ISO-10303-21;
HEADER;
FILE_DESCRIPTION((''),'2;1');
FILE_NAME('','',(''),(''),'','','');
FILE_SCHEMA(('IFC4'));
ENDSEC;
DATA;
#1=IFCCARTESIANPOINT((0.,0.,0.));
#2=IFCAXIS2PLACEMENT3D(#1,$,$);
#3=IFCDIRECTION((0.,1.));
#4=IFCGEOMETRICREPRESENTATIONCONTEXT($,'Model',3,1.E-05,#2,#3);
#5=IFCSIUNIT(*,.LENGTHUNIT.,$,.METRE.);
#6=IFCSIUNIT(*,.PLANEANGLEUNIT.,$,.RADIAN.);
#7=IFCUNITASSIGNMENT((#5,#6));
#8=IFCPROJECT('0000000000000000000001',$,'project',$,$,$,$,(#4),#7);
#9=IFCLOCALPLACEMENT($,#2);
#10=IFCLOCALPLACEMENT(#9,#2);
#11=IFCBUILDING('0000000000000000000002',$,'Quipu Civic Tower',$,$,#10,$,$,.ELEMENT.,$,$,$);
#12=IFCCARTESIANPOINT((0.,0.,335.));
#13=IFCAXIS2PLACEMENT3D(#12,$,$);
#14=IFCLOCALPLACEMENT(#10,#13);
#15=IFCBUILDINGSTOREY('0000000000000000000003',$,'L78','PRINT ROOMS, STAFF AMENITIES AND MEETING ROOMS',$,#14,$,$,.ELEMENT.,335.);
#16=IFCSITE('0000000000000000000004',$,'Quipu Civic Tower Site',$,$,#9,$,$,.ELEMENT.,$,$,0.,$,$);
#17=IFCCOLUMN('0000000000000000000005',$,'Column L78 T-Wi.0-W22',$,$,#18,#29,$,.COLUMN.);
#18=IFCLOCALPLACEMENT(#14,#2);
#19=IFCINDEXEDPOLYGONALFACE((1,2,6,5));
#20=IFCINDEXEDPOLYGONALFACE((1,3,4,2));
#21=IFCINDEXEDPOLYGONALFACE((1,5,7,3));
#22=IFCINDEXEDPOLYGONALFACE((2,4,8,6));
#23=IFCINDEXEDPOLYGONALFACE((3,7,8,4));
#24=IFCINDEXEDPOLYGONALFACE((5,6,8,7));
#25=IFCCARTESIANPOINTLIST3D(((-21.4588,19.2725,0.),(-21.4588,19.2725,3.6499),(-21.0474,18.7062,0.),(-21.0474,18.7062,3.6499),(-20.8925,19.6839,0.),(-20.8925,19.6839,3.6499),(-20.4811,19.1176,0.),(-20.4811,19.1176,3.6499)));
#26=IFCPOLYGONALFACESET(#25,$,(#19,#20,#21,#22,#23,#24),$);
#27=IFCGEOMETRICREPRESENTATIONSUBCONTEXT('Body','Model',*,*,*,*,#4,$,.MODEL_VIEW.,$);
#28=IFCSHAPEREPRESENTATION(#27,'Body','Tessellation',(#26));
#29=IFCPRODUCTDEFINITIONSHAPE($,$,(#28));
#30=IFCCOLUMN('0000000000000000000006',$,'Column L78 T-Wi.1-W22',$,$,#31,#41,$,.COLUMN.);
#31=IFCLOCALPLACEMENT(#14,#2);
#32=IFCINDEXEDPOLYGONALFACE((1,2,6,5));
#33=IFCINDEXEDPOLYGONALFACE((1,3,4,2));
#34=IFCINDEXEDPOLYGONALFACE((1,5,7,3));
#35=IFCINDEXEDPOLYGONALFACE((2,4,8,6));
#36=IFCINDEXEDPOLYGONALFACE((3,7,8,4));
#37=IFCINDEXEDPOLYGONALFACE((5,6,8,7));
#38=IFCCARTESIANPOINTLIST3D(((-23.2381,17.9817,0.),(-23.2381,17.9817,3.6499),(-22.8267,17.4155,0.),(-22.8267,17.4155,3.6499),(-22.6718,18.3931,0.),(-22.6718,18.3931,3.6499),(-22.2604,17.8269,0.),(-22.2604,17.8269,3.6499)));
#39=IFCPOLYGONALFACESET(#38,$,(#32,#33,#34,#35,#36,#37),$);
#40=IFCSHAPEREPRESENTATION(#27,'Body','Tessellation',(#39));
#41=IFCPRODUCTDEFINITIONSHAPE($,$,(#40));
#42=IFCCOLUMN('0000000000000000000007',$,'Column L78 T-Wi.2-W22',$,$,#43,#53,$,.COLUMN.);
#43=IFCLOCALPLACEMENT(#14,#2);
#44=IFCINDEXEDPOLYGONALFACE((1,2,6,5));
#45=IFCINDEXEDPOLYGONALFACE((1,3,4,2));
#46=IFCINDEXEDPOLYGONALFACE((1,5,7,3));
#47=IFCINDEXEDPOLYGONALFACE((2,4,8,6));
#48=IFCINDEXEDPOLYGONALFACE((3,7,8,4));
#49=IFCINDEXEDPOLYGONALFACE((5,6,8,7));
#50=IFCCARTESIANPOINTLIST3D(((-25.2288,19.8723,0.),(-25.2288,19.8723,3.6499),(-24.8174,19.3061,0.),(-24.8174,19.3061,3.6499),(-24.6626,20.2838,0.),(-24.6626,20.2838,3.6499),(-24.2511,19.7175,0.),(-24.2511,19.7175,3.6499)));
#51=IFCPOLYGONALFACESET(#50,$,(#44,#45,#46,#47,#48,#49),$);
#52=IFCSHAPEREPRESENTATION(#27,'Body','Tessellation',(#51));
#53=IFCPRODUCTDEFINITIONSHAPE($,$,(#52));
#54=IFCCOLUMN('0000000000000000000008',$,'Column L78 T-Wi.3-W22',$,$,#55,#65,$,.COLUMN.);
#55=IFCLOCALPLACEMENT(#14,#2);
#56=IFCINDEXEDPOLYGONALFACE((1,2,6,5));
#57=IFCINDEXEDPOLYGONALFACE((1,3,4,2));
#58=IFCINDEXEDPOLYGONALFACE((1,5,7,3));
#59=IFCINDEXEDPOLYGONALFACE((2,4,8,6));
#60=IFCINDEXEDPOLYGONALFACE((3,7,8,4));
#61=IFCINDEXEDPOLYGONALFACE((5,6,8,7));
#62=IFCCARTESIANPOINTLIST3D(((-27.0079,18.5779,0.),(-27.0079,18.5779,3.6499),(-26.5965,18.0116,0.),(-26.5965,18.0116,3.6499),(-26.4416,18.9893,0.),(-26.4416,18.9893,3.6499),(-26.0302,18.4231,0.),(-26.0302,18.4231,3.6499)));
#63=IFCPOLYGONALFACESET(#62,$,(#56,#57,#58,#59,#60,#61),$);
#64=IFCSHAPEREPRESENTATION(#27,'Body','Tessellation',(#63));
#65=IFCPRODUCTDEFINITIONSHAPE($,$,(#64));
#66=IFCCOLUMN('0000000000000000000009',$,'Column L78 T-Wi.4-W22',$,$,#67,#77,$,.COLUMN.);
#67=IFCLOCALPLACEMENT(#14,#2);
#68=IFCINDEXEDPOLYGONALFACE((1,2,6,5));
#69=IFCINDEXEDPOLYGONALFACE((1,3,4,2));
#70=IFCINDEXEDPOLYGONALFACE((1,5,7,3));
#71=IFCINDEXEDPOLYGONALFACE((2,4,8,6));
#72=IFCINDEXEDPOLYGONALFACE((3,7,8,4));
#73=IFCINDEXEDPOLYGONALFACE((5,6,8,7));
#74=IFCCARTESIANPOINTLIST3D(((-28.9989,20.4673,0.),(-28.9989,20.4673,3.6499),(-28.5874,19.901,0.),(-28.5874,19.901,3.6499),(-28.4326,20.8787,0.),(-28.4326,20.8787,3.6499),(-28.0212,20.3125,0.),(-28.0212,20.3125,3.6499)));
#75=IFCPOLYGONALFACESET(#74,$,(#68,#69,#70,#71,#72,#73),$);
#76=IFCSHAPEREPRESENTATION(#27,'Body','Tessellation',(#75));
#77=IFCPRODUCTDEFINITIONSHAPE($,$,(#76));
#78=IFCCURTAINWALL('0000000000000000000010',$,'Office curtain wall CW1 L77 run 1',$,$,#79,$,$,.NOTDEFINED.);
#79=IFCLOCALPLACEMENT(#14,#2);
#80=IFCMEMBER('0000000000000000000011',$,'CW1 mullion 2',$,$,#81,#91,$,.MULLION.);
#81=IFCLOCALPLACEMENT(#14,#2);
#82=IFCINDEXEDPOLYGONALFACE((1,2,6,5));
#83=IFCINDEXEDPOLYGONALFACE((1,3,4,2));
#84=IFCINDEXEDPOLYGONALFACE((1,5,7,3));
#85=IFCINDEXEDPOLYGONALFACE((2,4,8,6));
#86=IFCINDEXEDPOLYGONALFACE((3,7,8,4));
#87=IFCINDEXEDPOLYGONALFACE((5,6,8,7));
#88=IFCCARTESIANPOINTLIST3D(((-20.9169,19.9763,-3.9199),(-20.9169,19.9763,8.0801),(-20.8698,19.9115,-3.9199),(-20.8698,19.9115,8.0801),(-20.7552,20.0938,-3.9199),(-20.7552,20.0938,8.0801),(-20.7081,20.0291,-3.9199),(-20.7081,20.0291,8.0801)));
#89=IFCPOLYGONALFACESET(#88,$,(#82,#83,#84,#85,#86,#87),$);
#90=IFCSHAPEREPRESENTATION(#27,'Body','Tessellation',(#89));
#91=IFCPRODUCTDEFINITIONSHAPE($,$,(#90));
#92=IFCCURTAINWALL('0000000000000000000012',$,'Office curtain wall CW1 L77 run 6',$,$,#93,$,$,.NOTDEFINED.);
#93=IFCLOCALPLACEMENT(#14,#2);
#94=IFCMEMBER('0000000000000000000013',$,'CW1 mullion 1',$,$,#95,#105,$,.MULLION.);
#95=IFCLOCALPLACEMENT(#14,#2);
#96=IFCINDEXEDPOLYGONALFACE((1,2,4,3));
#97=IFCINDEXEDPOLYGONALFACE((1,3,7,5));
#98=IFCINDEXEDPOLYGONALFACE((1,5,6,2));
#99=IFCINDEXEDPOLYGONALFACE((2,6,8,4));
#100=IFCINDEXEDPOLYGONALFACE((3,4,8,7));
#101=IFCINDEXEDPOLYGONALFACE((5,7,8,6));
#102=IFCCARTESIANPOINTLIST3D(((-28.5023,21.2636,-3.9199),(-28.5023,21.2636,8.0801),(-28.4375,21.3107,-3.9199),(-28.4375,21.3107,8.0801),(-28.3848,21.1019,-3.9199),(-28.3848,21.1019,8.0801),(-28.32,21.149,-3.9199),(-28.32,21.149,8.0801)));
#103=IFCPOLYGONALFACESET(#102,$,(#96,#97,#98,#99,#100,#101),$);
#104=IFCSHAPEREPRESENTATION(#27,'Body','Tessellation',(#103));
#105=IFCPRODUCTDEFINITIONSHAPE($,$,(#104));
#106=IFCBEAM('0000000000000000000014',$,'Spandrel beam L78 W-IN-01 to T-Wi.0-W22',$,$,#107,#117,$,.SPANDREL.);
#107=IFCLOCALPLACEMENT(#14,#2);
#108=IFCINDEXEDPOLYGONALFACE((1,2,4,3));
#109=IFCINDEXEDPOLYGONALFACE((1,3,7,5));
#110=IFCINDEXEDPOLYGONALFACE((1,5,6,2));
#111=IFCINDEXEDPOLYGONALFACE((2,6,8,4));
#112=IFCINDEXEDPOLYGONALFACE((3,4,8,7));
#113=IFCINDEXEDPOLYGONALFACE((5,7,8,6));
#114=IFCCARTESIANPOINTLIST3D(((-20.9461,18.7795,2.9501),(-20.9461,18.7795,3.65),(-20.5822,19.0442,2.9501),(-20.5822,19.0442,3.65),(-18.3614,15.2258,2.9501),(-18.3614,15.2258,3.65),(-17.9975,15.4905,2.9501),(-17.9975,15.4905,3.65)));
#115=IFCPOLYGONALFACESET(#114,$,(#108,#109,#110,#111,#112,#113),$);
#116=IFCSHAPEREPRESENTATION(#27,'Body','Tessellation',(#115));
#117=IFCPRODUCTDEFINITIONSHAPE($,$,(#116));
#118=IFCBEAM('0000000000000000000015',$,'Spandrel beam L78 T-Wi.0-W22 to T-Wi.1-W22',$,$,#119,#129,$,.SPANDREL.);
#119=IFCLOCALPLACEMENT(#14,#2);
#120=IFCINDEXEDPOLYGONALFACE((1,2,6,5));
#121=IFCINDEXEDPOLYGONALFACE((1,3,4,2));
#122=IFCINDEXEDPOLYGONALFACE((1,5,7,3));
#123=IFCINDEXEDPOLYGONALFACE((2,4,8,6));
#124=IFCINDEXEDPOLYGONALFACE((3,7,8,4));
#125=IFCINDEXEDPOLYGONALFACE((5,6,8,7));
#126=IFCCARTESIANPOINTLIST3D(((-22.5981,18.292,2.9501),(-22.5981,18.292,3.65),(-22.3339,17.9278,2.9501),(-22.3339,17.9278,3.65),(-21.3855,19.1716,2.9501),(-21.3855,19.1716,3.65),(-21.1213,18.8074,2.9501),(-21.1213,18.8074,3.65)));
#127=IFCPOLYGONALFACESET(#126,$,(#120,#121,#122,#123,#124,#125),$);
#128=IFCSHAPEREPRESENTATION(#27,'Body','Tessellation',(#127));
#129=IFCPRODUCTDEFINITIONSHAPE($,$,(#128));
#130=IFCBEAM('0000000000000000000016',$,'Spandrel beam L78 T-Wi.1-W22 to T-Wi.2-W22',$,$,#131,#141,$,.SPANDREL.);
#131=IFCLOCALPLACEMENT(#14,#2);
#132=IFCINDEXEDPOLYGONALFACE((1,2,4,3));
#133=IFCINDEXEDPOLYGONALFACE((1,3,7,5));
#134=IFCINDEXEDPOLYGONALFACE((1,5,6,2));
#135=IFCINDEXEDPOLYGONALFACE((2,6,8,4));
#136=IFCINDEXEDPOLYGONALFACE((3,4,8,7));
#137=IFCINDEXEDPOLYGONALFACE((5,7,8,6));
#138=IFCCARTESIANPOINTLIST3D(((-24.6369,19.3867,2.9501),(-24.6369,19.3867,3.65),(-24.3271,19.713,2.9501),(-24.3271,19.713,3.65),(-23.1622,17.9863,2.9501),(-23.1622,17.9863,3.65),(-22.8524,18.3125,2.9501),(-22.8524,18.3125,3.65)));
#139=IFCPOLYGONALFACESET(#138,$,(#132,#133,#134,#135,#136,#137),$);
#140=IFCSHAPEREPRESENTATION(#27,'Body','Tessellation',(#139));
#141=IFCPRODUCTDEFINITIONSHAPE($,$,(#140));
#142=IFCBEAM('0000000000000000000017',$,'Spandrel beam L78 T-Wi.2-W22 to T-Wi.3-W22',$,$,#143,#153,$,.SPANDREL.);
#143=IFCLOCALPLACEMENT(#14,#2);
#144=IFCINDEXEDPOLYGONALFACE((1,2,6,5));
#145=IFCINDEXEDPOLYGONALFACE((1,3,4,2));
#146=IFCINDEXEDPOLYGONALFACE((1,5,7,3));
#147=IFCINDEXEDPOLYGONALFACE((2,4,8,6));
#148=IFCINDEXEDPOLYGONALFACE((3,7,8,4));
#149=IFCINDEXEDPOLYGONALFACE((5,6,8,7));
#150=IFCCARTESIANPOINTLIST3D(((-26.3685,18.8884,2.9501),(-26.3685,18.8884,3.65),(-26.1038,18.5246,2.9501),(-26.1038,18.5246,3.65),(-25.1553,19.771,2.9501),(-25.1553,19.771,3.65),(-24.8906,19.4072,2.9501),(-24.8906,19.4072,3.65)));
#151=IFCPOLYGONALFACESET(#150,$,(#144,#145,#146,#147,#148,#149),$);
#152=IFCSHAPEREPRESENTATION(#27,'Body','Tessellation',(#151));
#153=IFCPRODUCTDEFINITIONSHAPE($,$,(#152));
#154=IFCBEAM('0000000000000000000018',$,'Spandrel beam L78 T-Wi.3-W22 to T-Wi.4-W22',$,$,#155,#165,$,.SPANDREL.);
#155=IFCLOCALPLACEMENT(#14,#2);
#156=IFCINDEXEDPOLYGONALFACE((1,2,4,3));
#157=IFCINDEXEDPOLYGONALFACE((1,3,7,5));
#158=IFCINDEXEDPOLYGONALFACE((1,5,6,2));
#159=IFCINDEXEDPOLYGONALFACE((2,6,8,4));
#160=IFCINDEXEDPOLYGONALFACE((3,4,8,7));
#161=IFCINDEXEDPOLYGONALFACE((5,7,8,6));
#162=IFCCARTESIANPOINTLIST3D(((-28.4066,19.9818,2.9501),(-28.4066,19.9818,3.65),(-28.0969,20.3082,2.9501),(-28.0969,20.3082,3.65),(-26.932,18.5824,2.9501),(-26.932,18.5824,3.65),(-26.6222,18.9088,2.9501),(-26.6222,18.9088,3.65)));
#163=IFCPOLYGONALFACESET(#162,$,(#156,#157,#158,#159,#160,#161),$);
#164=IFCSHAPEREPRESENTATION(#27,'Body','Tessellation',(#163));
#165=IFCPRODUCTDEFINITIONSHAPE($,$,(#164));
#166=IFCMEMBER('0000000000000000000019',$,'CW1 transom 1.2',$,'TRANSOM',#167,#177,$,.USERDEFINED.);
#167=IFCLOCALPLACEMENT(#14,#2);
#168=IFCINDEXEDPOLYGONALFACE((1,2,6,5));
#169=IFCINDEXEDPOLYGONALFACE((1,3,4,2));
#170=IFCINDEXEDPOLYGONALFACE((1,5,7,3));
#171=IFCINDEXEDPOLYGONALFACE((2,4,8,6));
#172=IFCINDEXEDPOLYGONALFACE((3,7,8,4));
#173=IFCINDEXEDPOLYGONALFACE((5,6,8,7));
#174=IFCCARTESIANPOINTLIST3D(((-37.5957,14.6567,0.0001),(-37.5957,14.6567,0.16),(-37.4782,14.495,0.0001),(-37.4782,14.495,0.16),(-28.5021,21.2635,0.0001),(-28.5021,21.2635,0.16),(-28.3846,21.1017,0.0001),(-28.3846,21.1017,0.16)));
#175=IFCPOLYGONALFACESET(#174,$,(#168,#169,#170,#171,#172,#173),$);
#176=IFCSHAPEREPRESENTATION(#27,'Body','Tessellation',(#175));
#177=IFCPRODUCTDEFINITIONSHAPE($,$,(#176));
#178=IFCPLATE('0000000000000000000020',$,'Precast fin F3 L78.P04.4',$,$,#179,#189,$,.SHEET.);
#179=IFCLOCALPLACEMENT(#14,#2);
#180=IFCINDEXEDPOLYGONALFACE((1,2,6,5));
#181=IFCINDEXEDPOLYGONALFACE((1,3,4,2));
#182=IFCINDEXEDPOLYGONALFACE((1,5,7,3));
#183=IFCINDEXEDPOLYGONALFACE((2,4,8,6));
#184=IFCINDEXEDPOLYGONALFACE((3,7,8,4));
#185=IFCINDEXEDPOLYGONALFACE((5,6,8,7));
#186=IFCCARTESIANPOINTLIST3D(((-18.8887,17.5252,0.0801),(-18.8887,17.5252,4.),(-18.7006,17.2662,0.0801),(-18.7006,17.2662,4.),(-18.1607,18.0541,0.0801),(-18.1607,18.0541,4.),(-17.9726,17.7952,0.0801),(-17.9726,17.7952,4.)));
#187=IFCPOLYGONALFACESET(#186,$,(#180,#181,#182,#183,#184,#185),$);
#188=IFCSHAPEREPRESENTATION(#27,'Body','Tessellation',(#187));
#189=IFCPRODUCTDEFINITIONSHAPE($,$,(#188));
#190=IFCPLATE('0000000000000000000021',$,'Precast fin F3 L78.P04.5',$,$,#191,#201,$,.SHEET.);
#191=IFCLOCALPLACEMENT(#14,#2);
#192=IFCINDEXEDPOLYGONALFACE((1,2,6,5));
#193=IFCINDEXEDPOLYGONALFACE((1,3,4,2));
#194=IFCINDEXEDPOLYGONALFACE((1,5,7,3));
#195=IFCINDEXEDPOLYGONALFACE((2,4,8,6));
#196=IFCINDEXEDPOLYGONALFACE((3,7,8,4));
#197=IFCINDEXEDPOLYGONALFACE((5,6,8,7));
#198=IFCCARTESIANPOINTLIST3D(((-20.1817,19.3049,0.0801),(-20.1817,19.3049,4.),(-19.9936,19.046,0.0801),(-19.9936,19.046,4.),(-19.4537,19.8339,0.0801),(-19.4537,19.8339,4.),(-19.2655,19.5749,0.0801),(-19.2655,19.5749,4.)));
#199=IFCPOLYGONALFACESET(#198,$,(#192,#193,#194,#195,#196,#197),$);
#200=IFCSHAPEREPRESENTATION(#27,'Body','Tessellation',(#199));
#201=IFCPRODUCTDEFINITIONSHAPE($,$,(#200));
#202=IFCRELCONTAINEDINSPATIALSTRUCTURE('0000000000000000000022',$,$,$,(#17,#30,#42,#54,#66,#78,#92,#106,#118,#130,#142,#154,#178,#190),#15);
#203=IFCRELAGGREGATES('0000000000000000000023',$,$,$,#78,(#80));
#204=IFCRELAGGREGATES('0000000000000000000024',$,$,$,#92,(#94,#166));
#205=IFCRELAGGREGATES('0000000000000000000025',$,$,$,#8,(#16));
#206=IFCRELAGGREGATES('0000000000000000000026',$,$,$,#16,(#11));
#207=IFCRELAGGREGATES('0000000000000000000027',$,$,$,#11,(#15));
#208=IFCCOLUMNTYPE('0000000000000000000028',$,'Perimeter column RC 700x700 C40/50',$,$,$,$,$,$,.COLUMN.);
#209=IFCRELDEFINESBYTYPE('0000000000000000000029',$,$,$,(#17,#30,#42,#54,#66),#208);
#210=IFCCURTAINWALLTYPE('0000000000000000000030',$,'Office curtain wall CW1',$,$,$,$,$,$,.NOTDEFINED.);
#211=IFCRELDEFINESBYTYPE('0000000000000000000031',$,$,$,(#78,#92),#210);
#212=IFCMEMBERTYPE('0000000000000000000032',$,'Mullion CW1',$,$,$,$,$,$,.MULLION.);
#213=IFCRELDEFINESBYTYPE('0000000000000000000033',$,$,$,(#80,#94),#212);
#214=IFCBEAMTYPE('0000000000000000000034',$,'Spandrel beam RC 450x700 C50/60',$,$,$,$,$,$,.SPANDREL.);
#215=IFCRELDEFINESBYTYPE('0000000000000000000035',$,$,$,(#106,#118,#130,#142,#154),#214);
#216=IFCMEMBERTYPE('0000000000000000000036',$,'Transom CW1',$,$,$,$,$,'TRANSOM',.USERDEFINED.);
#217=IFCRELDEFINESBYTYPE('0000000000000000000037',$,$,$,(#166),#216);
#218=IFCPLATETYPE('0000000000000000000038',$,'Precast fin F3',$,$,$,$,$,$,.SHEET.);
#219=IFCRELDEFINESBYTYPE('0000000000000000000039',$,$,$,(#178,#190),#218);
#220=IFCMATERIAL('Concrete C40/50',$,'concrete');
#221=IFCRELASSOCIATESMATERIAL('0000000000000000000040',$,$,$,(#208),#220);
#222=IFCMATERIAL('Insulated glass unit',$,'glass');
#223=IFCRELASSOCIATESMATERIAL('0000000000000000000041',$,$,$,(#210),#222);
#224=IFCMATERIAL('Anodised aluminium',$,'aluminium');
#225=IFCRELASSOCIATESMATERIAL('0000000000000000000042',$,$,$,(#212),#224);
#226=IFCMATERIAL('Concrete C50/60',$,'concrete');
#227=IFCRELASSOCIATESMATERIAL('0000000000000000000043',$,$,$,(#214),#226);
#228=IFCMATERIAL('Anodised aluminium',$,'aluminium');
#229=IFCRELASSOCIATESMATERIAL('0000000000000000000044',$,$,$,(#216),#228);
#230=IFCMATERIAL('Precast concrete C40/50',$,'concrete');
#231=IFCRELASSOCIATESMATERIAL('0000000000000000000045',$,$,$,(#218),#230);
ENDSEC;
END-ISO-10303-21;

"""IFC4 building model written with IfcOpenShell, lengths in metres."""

from ifc_helpers import new_model, si_unit, direction, frame, origin, origin_2d, place, context, subcontext, project, spatial, rectangle, extrude, material, material_profile, profile_set, type_object, element, aggregate, save


model = new_model("IFC4")

# Units and contexts
model_context = context("Model", 3, precision=1e-05, world=origin(), true_north=direction((0.0, 1.0)))
body_context = subcontext(model_context, "Body", "Model", "MODEL_VIEW")
ifc_project = project(units=[si_unit("LENGTHUNIT", "METRE"), si_unit("PLANEANGLEUNIT", "RADIAN")], contexts=[model_context])

# Site, building, storey
site_placement = place(None, origin())
site = spatial("IfcSite", under=ifc_project, at=site_placement, Name="Quipu Civic Tower Site", CompositionType="ELEMENT", RefElevation=0.0)
building_placement = place(site_placement, origin())
building = spatial("IfcBuilding", under=site, at=building_placement, Name="Quipu Civic Tower", CompositionType="ELEMENT")
storey_placement = place(building_placement, frame((0.0, 0.0, 335.0)))
storey = spatial("IfcBuildingStorey", under=building, at=storey_placement, Name="L78", Description="PRINT ROOMS, STAFF AMENITIES AND MEETING ROOMS", CompositionType="ELEMENT", Elevation=335.0)

# Columns
ifc_material_1 = material(Name="Concrete C40/50", Category="concrete")
ifc_material_profile_1 = material_profile(ifc_material_1, rectangle(XDim=0.7, YDim=0.7, at=origin_2d()), Name="RC700x700")
ifc_profile_set_1 = profile_set([ifc_material_profile_1], Name="Concrete C40/50")
column_type = type_object("IfcColumnType", Name="Perimeter column RC 700x700 C40/50", PredefinedType="COLUMN", material=ifc_profile_set_1)
for number, where, z_axis, x_axis, name in (
    (1, (-20.97, 19.1951, 0.0), (0.0, 0.0, 1.0), (-0.587785, 0.809017, 0.0), "Column L78 T-Wi.0-W22"),
    (2, (-22.7493, 17.9043, 0.0), (0.0, 0.0, 1.0), (-0.587785, 0.809017, 0.0), "Column L78 T-Wi.1-W22"),
    (3, (-24.74, 19.7949, 0.0), (0.0, 0.0, 1.0), (-0.587785, 0.809017, 0.0), "Column L78 T-Wi.2-W22"),
    (4, (-26.519, 18.5005, 0.0), (0.0, 0.0, 1.0), (-0.587785, 0.809017, 0.0), "Column L78 T-Wi.3-W22"),
    (5, (-28.51, 20.3899, 0.0), (0.0, 0.0, 1.0), (-0.809017, -0.587785, 0.0), "Column L78 T-Wi.4-W22"),
):
    element("IfcColumn", number, at=place(storey_placement, frame(where, z_axis=z_axis, x_axis=x_axis)), inside=storey, type_object=column_type, Name=name, PredefinedType="COLUMN", context=body_context, shape_type="SweptSolid", body=[
        extrude(rectangle(XDim=0.7, YDim=0.7, at=origin_2d()), origin(), (0.0, 0.0, 1.0), 3.6499),
    ])

# Curtain walls, members
ifc_material_2 = material(Name="Insulated glass unit", Category="glass")
curtain_wall_type = type_object("IfcCurtainWallType", Name="Office curtain wall CW1", PredefinedType="NOTDEFINED", material=ifc_material_2)
curtain_wall_1_placement = place(storey_placement, origin())
curtain_wall_1 = element("IfcCurtainWall", 6, at=curtain_wall_1_placement, inside=storey, type_object=curtain_wall_type, Name="Office curtain wall CW1 L77 run 1", PredefinedType="NOTDEFINED")
ifc_material_3 = material(Name="Anodised aluminium", Category="aluminium")
ifc_material_profile_2 = material_profile(ifc_material_3, rectangle(XDim=0.2, YDim=0.0801, at=origin_2d()), Name="RECT 200x80")
ifc_profile_set_2 = profile_set([ifc_material_profile_2], Name="Anodised aluminium")
member_type_1 = type_object("IfcMemberType", Name="Mullion CW1", PredefinedType="MULLION", material=ifc_profile_set_2)
member_1_placement = place(storey_placement, frame((-20.8125, 20.0027, -3.9199), z_axis=(0.0, 0.0, 1.0), x_axis=(-0.809015, -0.587788, 0.0)))
member_1 = element("IfcMember", 7, at=member_1_placement, type_object=member_type_1, Name="CW1 mullion 2", PredefinedType="MULLION", context=body_context, shape_type="SweptSolid", body=[
    extrude(rectangle(XDim=0.2, YDim=0.0801, at=origin_2d()), origin(), (0.0, 0.0, 1.0), 12.0),
])
aggregate(curtain_wall_1, [member_1])
curtain_wall_2_placement = place(storey_placement, origin())
curtain_wall_2 = element("IfcCurtainWall", 8, at=curtain_wall_2_placement, inside=storey, type_object=curtain_wall_type, Name="Office curtain wall CW1 L77 run 6", PredefinedType="NOTDEFINED")
member_2_placement = place(storey_placement, frame((-28.4111, 21.2063, -3.9199), z_axis=(0.0, 0.0, 1.0), x_axis=(0.587788, -0.809015, 0.0)))
member_2 = element("IfcMember", 9, at=member_2_placement, type_object=member_type_1, Name="CW1 mullion 1", PredefinedType="MULLION", context=body_context, shape_type="SweptSolid", body=[
    extrude(rectangle(XDim=0.2, YDim=0.0801, at=origin_2d()), origin(), (0.0, 0.0, 1.0), 12.0),
])

# Beams
ifc_material_4 = material(Name="Concrete C50/60", Category="concrete")
ifc_material_profile_3 = material_profile(ifc_material_4, rectangle(XDim=0.45, YDim=0.7, at=origin_2d()), Name="RC450x700")
ifc_profile_set_3 = profile_set([ifc_material_profile_3], Name="Concrete C50/60")
beam_type = type_object("IfcBeamType", Name="Spandrel beam RC 450x700 C50/60", PredefinedType="SPANDREL", material=ifc_profile_set_3)
beam_1_placement = place(storey_placement, frame((-18.1794, 15.3582, 3.3), z_axis=(-0.588201, 0.808714, 0.0), x_axis=(-0.808714, -0.588201, 0.0)))
element("IfcBeam", 10, at=beam_1_placement, inside=storey, type_object=beam_type, Name="Spandrel beam L78 W-IN-01 to T-Wi.0-W22", PredefinedType="SPANDREL", context=body_context, shape_type="SweptSolid", body=[
    extrude(rectangle(XDim=0.45, YDim=0.7, at=origin_2d()), origin(), (0.0, 0.0, 1.0), 4.3943),
])
beam_2_placement = place(storey_placement, frame((-21.2534, 18.9895, 3.3), z_axis=(-0.809461, -0.587173, 0.0), x_axis=(0.587173, -0.809461, 0.0)))
element("IfcBeam", 11, at=beam_2_placement, inside=storey, type_object=beam_type, Name="Spandrel beam L78 T-Wi.0-W22 to T-Wi.1-W22", PredefinedType="SPANDREL", context=body_context, shape_type="SweptSolid", body=[
    extrude(rectangle(XDim=0.45, YDim=0.7, at=origin_2d()), origin(), (0.0, 0.0, 1.0), 1.498),
])
beam_3_placement = place(storey_placement, frame((-23.0073, 18.1494, 3.3), z_axis=(-0.725119, 0.688623, 0.0), x_axis=(-0.688623, -0.725119, 0.0)))
element("IfcBeam", 12, at=beam_3_placement, inside=storey, type_object=beam_type, Name="Spandrel beam L78 T-Wi.1-W22 to T-Wi.2-W22", PredefinedType="SPANDREL", context=body_context, shape_type="SweptSolid", body=[
    extrude(rectangle(XDim=0.45, YDim=0.7, at=origin_2d()), origin(), (0.0, 0.0, 1.0), 2.0337),
])
beam_4_placement = place(storey_placement, frame((-25.0229, 19.5891, 3.3), z_axis=(-0.808645, -0.588297, 0.0), x_axis=(0.588297, -0.808645, 0.0)))
element("IfcBeam", 13, at=beam_4_placement, inside=storey, type_object=beam_type, Name="Spandrel beam L78 T-Wi.2-W22 to T-Wi.3-W22", PredefinedType="SPANDREL", context=body_context, shape_type="SweptSolid", body=[
    extrude(rectangle(XDim=0.45, YDim=0.7, at=origin_2d()), origin(), (0.0, 0.0, 1.0), 1.5002),
])
beam_5_placement = place(storey_placement, frame((-26.7771, 18.7456, 3.3), z_axis=(-0.725359, 0.688371, 0.0), x_axis=(-0.688371, -0.725359, 0.0)))
element("IfcBeam", 14, at=beam_5_placement, inside=storey, type_object=beam_type, Name="Spandrel beam L78 T-Wi.3-W22 to T-Wi.4-W22", PredefinedType="SPANDREL", context=body_context, shape_type="SweptSolid", body=[
    extrude(rectangle(XDim=0.45, YDim=0.7, at=origin_2d()), origin(), (0.0, 0.0, 1.0), 2.033),
])

# Member
ifc_material_5 = material(Name="Anodised aluminium", Category="aluminium")
ifc_material_profile_4 = material_profile(ifc_material_5, rectangle(XDim=0.2, YDim=0.1599, at=origin_2d()), Name="RECT 200x160")
ifc_profile_set_4 = profile_set([ifc_material_profile_4], Name="Anodised aluminium")
member_type_2 = type_object("IfcMemberType", Name="Transom CW1", ElementType="TRANSOM", PredefinedType="USERDEFINED", material=ifc_profile_set_4)
member_3_placement = place(storey_placement, frame((-28.4434, 21.1826, 0.0801), z_axis=(-0.809022, -0.587778, 0.0), x_axis=(0.587778, -0.809022, 0.0)))
member_3 = element("IfcMember", 15, at=member_3_placement, type_object=member_type_2, Name="CW1 transom 1.2", ObjectType="TRANSOM", PredefinedType="USERDEFINED", context=body_context, shape_type="SweptSolid", body=[
    extrude(rectangle(XDim=0.2, YDim=0.1599, at=origin_2d()), origin(), (0.0, 0.0, 1.0), 11.2402),
])
aggregate(curtain_wall_2, [member_2, member_3])

# Plates
ifc_material_6 = material(Name="Precast concrete C40/50", Category="concrete")
plate_type = type_object("IfcPlateType", Name="Precast fin F3", PredefinedType="SHEET", material=ifc_material_6)
for number, where, z_axis, x_axis, name in (
    (16, (-18.4307, 17.6602, 0.0801), (0.0, 0.0, 1.0), (-0.587784, 0.809018, 0.0), "Precast fin F3 L78.P04.4"),
    (17, (-19.7236, 19.4399, 0.0801), (0.0, 0.0, 1.0), (-0.587784, 0.809018, 0.0), "Precast fin F3 L78.P04.5"),
):
    element("IfcPlate", number, at=place(storey_placement, frame(where, z_axis=z_axis, x_axis=x_axis)), inside=storey, type_object=plate_type, Name=name, PredefinedType="SHEET", context=body_context, shape_type="SweptSolid", body=[
        extrude(rectangle(XDim=0.3201, YDim=0.8999, at=origin_2d()), origin(), (0.0, 0.0, 1.0), 3.9199),
    ])

save(model, "model.ifc")
